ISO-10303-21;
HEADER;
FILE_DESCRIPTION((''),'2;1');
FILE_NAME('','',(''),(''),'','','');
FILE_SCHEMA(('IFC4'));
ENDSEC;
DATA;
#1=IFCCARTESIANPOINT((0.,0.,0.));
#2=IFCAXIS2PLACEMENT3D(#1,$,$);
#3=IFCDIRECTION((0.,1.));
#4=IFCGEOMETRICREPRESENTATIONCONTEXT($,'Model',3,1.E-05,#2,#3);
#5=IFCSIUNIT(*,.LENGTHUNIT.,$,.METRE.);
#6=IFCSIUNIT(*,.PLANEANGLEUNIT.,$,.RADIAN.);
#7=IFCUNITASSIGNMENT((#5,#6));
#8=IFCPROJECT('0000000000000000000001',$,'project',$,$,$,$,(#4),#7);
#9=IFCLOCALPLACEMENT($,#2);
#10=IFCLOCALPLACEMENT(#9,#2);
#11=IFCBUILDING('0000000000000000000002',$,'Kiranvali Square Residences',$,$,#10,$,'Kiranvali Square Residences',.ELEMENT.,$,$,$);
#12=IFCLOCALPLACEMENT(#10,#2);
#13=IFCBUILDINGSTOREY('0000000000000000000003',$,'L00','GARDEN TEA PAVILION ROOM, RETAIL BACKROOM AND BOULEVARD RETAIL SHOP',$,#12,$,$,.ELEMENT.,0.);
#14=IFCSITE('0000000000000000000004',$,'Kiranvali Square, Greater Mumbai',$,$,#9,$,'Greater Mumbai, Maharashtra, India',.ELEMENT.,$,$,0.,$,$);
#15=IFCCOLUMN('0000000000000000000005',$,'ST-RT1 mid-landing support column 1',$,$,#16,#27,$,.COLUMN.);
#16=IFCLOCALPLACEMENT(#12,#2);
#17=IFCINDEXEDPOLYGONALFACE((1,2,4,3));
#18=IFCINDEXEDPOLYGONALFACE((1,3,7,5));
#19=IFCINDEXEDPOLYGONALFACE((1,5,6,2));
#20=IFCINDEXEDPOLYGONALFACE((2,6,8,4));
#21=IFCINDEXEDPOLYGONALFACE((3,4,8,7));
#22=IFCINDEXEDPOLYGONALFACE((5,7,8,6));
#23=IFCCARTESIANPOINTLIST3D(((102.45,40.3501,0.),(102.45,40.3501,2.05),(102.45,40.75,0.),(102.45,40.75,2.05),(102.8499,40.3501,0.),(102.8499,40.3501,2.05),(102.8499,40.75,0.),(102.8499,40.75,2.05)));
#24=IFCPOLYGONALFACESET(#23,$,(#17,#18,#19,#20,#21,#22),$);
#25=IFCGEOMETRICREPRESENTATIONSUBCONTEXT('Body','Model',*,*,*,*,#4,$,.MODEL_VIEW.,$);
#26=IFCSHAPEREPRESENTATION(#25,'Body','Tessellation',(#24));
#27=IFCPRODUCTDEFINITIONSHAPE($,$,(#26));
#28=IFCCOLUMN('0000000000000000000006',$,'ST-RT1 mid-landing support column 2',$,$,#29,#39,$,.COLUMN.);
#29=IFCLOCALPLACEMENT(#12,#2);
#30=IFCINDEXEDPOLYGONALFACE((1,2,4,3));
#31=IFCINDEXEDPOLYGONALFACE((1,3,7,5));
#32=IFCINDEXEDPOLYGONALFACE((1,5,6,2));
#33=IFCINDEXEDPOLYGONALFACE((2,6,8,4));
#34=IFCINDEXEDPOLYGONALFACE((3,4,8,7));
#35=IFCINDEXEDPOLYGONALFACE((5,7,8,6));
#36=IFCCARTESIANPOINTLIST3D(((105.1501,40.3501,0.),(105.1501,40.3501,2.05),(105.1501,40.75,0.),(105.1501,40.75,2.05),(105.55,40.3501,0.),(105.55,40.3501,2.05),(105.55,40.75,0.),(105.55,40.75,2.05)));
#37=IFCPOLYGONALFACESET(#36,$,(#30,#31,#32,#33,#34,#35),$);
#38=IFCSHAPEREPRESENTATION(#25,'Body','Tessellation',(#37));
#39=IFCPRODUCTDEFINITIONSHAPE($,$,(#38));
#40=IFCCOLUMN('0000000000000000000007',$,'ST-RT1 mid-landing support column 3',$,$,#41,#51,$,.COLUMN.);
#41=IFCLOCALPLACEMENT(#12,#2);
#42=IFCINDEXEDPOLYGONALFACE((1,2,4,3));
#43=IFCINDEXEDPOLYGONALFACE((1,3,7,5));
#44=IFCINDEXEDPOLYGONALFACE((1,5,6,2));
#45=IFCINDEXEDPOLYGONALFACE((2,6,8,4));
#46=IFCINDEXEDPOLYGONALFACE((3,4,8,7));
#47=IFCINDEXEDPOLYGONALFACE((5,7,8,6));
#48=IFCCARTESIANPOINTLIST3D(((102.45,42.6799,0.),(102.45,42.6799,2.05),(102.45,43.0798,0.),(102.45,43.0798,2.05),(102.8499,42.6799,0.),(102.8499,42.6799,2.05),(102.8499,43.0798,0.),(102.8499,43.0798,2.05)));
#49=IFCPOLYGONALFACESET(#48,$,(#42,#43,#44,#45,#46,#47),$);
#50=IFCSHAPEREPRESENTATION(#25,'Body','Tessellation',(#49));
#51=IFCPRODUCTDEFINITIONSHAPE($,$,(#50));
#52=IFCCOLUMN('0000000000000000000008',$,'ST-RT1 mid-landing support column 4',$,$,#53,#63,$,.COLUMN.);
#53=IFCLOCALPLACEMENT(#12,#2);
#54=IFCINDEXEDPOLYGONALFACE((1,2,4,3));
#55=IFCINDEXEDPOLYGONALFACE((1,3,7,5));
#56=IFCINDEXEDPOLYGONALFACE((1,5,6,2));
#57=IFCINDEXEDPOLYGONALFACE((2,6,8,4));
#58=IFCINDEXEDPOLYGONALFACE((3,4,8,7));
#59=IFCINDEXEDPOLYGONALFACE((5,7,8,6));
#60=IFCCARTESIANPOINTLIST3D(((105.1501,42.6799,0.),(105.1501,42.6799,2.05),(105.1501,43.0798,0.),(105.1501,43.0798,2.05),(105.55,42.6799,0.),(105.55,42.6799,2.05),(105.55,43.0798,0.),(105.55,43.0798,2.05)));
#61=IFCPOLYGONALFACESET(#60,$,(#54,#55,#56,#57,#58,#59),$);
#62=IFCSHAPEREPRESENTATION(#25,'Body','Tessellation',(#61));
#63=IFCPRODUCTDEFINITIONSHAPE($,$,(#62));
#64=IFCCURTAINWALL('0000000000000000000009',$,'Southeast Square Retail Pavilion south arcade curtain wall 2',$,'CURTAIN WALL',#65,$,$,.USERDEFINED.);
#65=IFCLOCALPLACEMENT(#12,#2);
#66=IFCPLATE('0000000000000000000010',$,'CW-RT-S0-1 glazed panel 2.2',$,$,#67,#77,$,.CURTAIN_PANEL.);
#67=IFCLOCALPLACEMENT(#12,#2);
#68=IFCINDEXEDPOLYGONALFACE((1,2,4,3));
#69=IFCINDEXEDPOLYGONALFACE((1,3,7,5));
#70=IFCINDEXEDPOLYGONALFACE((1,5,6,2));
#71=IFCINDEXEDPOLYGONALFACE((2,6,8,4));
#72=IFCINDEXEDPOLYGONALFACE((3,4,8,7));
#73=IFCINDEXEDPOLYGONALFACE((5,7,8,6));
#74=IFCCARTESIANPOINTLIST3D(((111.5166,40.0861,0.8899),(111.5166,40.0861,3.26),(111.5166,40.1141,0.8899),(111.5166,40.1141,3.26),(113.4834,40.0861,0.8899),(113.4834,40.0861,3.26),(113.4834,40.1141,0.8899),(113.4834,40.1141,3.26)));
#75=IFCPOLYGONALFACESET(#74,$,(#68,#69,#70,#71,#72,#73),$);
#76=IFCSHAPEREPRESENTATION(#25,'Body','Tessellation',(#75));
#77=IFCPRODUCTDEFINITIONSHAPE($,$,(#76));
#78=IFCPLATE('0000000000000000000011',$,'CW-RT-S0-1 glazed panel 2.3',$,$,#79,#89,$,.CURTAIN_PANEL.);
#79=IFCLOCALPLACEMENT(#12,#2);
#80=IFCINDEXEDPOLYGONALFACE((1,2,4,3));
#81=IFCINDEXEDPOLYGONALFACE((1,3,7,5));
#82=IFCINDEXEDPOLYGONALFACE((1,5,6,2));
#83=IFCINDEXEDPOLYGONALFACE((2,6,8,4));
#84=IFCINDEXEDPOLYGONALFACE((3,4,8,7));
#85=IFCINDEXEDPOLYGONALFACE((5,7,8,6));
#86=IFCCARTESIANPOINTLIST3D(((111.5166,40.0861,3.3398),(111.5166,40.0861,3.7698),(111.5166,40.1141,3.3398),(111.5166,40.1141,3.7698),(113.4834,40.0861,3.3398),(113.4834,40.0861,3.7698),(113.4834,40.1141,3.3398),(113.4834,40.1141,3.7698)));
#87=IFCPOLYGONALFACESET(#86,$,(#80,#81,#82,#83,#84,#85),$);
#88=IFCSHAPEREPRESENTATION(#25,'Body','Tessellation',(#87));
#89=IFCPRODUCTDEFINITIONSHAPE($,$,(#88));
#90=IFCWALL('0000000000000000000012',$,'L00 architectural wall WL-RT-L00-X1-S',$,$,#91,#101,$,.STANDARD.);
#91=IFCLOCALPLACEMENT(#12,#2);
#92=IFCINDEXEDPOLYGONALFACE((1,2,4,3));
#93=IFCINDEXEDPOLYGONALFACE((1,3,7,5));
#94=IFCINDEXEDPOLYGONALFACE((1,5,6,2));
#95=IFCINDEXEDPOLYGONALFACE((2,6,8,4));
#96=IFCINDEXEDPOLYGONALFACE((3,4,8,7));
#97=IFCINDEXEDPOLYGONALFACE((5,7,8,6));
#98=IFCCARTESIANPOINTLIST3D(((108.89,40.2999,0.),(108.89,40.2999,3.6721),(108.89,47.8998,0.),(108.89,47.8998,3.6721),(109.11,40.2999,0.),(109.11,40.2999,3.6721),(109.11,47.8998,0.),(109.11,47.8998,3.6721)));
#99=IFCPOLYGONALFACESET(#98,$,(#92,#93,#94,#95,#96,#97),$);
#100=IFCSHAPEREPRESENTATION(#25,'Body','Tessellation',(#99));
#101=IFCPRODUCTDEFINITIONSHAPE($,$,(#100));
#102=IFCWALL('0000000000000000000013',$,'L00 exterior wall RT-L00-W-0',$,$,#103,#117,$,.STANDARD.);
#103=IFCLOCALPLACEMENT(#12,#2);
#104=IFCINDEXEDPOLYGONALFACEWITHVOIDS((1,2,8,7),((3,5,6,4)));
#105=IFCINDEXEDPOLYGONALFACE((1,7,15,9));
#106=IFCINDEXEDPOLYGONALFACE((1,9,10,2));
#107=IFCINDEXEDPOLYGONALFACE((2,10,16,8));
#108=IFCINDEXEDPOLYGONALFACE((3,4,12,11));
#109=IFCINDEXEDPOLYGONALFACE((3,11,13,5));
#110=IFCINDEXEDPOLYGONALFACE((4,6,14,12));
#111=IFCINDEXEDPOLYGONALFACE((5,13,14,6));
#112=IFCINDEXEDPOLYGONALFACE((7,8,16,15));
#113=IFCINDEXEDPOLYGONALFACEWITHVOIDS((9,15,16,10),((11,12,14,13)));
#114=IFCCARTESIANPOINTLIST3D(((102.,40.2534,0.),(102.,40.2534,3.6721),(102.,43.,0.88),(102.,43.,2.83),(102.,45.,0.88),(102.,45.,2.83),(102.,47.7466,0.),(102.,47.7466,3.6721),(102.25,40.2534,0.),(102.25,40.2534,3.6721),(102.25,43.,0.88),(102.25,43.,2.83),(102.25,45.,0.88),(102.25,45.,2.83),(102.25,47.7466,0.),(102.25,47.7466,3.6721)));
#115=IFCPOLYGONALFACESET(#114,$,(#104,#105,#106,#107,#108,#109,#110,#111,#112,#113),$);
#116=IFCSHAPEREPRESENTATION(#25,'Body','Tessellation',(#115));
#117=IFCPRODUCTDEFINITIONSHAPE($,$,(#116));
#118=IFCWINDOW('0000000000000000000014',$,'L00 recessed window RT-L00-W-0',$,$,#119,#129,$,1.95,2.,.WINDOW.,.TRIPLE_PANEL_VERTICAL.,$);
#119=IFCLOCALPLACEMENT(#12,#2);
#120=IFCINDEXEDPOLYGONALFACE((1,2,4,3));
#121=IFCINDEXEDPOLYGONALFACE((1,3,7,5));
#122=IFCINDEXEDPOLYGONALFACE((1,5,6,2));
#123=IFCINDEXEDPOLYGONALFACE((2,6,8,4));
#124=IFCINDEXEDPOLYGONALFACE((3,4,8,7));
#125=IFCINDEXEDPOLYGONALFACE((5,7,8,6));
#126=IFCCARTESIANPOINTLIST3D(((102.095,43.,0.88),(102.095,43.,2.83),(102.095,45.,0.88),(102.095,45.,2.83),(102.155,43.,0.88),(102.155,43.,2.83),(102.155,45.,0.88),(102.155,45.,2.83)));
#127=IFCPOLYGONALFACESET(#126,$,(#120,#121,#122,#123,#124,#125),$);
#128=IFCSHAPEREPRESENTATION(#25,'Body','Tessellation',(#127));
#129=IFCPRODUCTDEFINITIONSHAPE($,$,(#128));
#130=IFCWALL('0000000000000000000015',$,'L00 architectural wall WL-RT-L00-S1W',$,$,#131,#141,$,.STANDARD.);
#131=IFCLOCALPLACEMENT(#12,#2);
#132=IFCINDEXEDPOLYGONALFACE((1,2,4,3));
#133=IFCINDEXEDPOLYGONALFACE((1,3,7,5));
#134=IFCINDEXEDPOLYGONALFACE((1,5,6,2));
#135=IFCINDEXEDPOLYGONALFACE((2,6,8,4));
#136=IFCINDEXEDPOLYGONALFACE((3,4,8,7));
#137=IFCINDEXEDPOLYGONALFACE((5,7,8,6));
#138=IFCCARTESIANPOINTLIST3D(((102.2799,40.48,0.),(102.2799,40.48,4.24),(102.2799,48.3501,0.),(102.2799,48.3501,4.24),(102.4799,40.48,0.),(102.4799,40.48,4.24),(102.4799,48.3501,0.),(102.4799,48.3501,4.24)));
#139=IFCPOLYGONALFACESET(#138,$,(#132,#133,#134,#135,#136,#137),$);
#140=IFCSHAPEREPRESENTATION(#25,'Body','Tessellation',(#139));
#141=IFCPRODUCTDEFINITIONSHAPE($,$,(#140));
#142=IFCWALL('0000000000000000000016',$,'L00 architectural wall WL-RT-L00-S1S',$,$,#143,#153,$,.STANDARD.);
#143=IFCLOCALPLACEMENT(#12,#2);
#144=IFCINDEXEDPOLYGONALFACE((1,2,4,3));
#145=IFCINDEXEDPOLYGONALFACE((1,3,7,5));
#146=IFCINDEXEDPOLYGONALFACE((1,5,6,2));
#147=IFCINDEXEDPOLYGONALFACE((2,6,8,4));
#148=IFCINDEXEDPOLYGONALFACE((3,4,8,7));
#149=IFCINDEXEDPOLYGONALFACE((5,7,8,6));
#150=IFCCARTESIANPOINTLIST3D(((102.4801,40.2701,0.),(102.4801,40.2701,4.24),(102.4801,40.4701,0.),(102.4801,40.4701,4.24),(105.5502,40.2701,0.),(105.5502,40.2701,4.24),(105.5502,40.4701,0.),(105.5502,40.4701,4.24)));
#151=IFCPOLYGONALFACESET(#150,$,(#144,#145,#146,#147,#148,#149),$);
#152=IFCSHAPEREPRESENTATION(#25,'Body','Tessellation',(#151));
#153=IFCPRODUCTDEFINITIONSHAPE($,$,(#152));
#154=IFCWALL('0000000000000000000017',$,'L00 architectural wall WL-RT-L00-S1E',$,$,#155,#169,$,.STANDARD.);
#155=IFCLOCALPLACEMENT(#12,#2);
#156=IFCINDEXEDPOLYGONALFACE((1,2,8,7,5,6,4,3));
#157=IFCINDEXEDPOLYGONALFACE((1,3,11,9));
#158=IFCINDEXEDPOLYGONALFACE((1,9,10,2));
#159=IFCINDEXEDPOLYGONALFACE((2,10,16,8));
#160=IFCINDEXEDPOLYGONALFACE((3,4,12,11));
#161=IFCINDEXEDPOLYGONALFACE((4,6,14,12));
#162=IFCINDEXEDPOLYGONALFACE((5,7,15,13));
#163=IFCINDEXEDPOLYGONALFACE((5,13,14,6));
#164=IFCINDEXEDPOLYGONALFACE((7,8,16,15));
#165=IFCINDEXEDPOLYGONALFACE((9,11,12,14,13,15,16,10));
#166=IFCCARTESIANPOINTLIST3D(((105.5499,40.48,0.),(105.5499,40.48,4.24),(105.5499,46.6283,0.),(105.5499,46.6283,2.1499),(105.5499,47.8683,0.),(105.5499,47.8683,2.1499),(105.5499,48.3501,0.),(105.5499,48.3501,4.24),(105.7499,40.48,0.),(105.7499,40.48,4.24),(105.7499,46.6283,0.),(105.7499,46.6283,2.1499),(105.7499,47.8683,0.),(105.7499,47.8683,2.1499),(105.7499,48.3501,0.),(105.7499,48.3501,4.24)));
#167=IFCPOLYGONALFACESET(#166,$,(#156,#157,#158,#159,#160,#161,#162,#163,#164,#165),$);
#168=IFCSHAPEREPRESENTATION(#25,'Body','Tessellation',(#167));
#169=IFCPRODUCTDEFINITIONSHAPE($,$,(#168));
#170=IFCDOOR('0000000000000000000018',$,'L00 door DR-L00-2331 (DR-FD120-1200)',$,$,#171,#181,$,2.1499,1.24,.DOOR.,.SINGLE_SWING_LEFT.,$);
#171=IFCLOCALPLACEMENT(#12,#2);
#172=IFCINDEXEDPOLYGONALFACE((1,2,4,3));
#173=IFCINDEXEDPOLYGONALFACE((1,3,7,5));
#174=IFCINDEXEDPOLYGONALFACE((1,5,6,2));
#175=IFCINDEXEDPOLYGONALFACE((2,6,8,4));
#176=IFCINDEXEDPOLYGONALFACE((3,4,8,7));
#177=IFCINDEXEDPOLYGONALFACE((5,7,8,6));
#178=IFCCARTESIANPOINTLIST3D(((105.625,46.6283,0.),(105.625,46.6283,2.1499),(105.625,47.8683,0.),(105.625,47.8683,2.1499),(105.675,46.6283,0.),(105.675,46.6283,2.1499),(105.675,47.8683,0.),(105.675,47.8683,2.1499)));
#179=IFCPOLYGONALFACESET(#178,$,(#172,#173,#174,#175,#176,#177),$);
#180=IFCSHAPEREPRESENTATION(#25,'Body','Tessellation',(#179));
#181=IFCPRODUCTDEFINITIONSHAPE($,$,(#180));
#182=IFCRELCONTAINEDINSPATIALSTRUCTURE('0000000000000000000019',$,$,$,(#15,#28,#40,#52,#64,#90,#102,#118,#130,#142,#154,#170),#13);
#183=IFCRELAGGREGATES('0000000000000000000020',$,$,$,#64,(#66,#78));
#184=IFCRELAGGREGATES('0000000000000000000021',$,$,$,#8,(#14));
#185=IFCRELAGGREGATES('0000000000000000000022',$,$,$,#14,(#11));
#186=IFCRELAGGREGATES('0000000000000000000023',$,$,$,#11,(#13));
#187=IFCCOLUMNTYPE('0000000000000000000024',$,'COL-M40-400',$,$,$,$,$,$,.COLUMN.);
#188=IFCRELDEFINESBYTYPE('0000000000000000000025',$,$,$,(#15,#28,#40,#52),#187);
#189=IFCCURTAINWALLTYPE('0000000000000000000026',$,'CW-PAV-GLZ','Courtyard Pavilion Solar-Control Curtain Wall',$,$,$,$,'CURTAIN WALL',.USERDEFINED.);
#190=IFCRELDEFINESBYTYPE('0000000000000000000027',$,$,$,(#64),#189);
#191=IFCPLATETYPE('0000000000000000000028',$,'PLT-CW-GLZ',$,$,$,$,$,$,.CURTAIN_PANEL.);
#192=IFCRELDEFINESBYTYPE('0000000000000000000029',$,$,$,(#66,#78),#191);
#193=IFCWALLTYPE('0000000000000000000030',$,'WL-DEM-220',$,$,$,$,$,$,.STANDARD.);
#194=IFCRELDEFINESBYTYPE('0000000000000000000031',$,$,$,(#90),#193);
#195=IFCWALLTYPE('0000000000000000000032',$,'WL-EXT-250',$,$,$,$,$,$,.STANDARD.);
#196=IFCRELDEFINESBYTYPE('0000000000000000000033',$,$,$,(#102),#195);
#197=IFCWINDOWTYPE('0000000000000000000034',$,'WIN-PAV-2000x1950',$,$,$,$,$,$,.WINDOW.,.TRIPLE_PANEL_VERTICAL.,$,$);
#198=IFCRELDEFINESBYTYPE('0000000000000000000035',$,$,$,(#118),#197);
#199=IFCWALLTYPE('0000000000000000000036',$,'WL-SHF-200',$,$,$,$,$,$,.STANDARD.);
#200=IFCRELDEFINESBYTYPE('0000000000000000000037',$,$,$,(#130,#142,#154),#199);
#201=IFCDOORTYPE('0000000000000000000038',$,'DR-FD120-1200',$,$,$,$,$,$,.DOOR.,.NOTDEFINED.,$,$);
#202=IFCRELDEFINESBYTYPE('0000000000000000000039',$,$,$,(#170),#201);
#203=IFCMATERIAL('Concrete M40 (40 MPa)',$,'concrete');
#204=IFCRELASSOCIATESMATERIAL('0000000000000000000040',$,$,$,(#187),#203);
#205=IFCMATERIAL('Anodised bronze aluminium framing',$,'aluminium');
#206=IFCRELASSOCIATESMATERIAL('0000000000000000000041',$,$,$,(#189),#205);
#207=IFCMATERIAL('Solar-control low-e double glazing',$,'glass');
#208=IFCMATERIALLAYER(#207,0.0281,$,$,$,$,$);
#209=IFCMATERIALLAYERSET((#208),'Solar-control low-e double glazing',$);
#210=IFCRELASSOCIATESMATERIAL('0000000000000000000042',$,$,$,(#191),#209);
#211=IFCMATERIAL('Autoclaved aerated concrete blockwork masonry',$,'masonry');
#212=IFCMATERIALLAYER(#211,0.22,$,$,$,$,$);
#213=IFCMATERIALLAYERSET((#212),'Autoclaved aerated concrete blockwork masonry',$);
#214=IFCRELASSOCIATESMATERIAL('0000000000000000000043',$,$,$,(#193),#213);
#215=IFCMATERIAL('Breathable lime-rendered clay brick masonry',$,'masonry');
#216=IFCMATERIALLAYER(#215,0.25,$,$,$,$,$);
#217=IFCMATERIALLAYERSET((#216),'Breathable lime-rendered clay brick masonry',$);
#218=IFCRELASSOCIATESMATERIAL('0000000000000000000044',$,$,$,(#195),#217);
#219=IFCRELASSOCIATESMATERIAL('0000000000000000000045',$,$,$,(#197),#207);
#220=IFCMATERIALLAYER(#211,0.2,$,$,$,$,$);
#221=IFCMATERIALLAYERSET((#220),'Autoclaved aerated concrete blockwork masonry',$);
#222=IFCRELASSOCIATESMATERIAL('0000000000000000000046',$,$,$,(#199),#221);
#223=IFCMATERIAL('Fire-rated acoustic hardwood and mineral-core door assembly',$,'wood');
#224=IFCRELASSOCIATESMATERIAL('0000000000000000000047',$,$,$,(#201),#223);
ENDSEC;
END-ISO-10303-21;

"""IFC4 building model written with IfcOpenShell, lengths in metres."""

from ifc_helpers import new_model, si_unit, direction, frame, frame_2d, origin, origin_2d, place, context, subcontext, project, spatial, rectangle, extrude, material, layer, layer_set, material_profile, profile_set, type_object, element, fill, aggregate, save


model = new_model("IFC4")

# Units and contexts
model_context = context("Model", 3, precision=1e-05, world=origin(), true_north=direction((0.0, 1.0)))
body_context = subcontext(model_context, "Body", "Model", "MODEL_VIEW")
ifc_project = project(units=[si_unit("LENGTHUNIT", "METRE"), si_unit("PLANEANGLEUNIT", "RADIAN")], contexts=[model_context])

# Site, building, storey
site_placement = place(None, origin())
site = spatial("IfcSite", under=ifc_project, at=site_placement, Name="Kiranvali Square, Greater Mumbai", LongName="Greater Mumbai, Maharashtra, India", CompositionType="ELEMENT", RefElevation=0.0)
building_placement = place(site_placement, origin())
building = spatial("IfcBuilding", under=site, at=building_placement, Name="Kiranvali Square Residences", LongName="Kiranvali Square Residences", CompositionType="ELEMENT")
storey_placement = place(building_placement, origin())
storey = spatial("IfcBuildingStorey", under=building, at=storey_placement, Name="L00", Description="GARDEN TEA PAVILION ROOM, RETAIL BACKROOM AND BOULEVARD RETAIL SHOP", CompositionType="ELEMENT", Elevation=0.0)

# Columns
ifc_material_1 = material(Name="Concrete M40 (40 MPa)", Category="concrete")
ifc_material_profile = material_profile(ifc_material_1, rectangle(XDim=0.3999, YDim=0.3999, at=origin_2d()), Name="RC 400x400")
ifc_profile_set = profile_set([ifc_material_profile], Name="Concrete M40 (40 MPa)")
column_type = type_object("IfcColumnType", Name="COL-M40-400", PredefinedType="COLUMN", material=ifc_profile_set)
for number, where, z_axis, x_axis, name in (
    (1, (102.6499, 40.55, 0.0), (0.0, 0.0, 1.0), (1.0, 0.0, 0.0), "ST-RT1 mid-landing support column 1"),
    (2, (105.3501, 40.55, 0.0), (0.0, 0.0, 1.0), (1.0, 0.0, 0.0), "ST-RT1 mid-landing support column 2"),
    (3, (102.6499, 42.8799, 0.0), (0.0, 0.0, 1.0), (1.0, 0.0, 0.0), "ST-RT1 mid-landing support column 3"),
    (4, (105.3501, 42.8799, 0.0), (0.0, 0.0, 1.0), (1.0, 0.0, 0.0), "ST-RT1 mid-landing support column 4"),
):
    element("IfcColumn", number, at=place(storey_placement, frame(where, z_axis=z_axis, x_axis=x_axis)), inside=storey, type_object=column_type, Name=name, PredefinedType="COLUMN", context=body_context, shape_type="SweptSolid", body=[
        extrude(rectangle(XDim=0.3999, YDim=0.3999, at=origin_2d()), origin(), (0.0, 0.0, 1.0), 2.05),
    ])

# Curtain wall, plates
ifc_material_2 = material(Name="Anodised bronze aluminium framing", Category="aluminium")
curtain_wall_type = type_object("IfcCurtainWallType", Name="CW-PAV-GLZ", Description="Courtyard Pavilion Solar-Control Curtain Wall", ElementType="CURTAIN WALL", PredefinedType="USERDEFINED", material=ifc_material_2)
curtain_wall_placement = place(storey_placement, origin())
curtain_wall = element("IfcCurtainWall", 5, at=curtain_wall_placement, inside=storey, type_object=curtain_wall_type, Name="Southeast Square Retail Pavilion south arcade curtain wall 2", ObjectType="CURTAIN WALL", PredefinedType="USERDEFINED")
ifc_material_3 = material(Name="Solar-control low-e double glazing", Category="glass")
ifc_layer_1 = layer(ifc_material_3, 0.0281)
ifc_layer_set_1 = layer_set([ifc_layer_1], Name="Solar-control low-e double glazing")
plate_type = type_object("IfcPlateType", Name="PLT-CW-GLZ", PredefinedType="CURTAIN_PANEL", material=ifc_layer_set_1)
plate_1_placement = place(storey_placement, frame((112.5, 40.1001, 0.8899), z_axis=(0.0, 0.0, 1.0), x_axis=(1.0, 0.0, 0.0)))
plate_1 = element("IfcPlate", 6, at=plate_1_placement, type_object=plate_type, Name="CW-RT-S0-1 glazed panel 2.2", PredefinedType="CURTAIN_PANEL", context=body_context, shape_type="SweptSolid", body=[
    extrude(rectangle(XDim=1.9668, YDim=0.0281, at=origin_2d()), origin(), (0.0, 0.0, 1.0), 2.3701),
])
plate_2_placement = place(storey_placement, frame((112.5, 40.1001, 3.3398), z_axis=(0.0, 0.0, 1.0), x_axis=(1.0, 0.0, 0.0)))
plate_2 = element("IfcPlate", 7, at=plate_2_placement, type_object=plate_type, Name="CW-RT-S0-1 glazed panel 2.3", PredefinedType="CURTAIN_PANEL", context=body_context, shape_type="SweptSolid", body=[
    extrude(rectangle(XDim=1.9668, YDim=0.0281, at=origin_2d()), origin(), (0.0, 0.0, 1.0), 0.4299),
])
aggregate(curtain_wall, [plate_1, plate_2])

# Wall
ifc_material_4 = material(Name="Autoclaved aerated concrete blockwork masonry", Category="masonry")
ifc_layer_2 = layer(ifc_material_4, 0.22)
ifc_layer_set_2 = layer_set([ifc_layer_2], Name="Autoclaved aerated concrete blockwork masonry")
wall_type_1 = type_object("IfcWallType", Name="WL-DEM-220", PredefinedType="STANDARD", material=ifc_layer_set_2)
wall_1_placement = place(storey_placement, frame((109.0, 40.3, 0.0), z_axis=(0.0, 0.0, 1.0), x_axis=(0.0, 1.0, 0.0)))
element("IfcWall", 8, at=wall_1_placement, inside=storey, type_object=wall_type_1, Name="L00 architectural wall WL-RT-L00-X1-S", PredefinedType="STANDARD", context=body_context, shape_type="SweptSolid", body=[
    extrude(rectangle(XDim=7.5999, YDim=0.22, at=frame_2d((3.7998, 0.0))), origin(), (0.0, 0.0, 1.0), 3.6721),
])

# Wall, opening, window
ifc_material_5 = material(Name="Breathable lime-rendered clay brick masonry", Category="masonry")
ifc_layer_3 = layer(ifc_material_5, 0.25)
ifc_layer_set_3 = layer_set([ifc_layer_3], Name="Breathable lime-rendered clay brick masonry")
wall_type_2 = type_object("IfcWallType", Name="WL-EXT-250", PredefinedType="STANDARD", material=ifc_layer_set_3)
wall_2_placement = place(storey_placement, frame((102.125, 40.2534, 0.0), z_axis=(0.0, 0.0, 1.0), x_axis=(0.0, 1.0, 0.0)))
wall_2 = element("IfcWall", 9, at=wall_2_placement, inside=storey, type_object=wall_type_2, Name="L00 exterior wall RT-L00-W-0", PredefinedType="STANDARD", context=body_context, shape_type="SweptSolid", body=[
    extrude(rectangle(XDim=7.4932, YDim=0.25, at=frame_2d((3.7466, 0.0))), origin(), (0.0, 0.0, 1.0), 3.6721),
])
opening_1_placement = place(wall_2_placement, frame((2.7466, 0.0, 0.8799)))
opening_1 = element("IfcOpeningElement", 10, at=opening_1_placement, cuts=wall_2, PredefinedType="OPENING", context=body_context, shape_type="SweptSolid", body=[
    extrude(rectangle(XDim=2.0, YDim=1.95, at=frame_2d((1.0, 0.9751))), frame((0.0, 0.135, 0.0), z_axis=(0.0, -1.0, 0.0), x_axis=(1.0, 0.0, 0.0)), (0.0, 0.0, 1.0), 0.27),
])
window_type = type_object("IfcWindowType", Name="WIN-PAV-2000x1950", PartitioningType="TRIPLE_PANEL_VERTICAL", PredefinedType="WINDOW", material=ifc_material_3)
window_placement = place(opening_1_placement, origin())
window = element("IfcWindow", 11, at=window_placement, inside=storey, type_object=window_type, Name="L00 recessed window RT-L00-W-0", OverallHeight=1.95, OverallWidth=2.0, PartitioningType="TRIPLE_PANEL_VERTICAL", PredefinedType="WINDOW", context=body_context, shape_type="SweptSolid", body=[
    extrude(rectangle(XDim=2.0, YDim=1.95, at=frame_2d((1.0, 0.9751))), frame((0.0, 0.03, 0.0), z_axis=(0.0, -1.0, 0.0), x_axis=(1.0, 0.0, 0.0)), (0.0, 0.0, 1.0), 0.0601),
])
fill(opening_1, window)

# Walls
ifc_layer_4 = layer(ifc_material_4, 0.2)
ifc_layer_set_4 = layer_set([ifc_layer_4], Name="Autoclaved aerated concrete blockwork masonry")
wall_type_3 = type_object("IfcWallType", Name="WL-SHF-200", PredefinedType="STANDARD", material=ifc_layer_set_4)
wall_3_placement = place(storey_placement, frame((102.3799, 40.48, 0.0), z_axis=(0.0, 0.0, 1.0), x_axis=(0.0, 1.0, 0.0)))
element("IfcWall", 12, at=wall_3_placement, inside=storey, type_object=wall_type_3, Name="L00 architectural wall WL-RT-L00-S1W", PredefinedType="STANDARD", context=body_context, shape_type="SweptSolid", body=[
    extrude(rectangle(XDim=7.8701, YDim=0.2, at=frame_2d((3.9351, 0.0))), origin(), (0.0, 0.0, 1.0), 4.24),
])
wall_4_placement = place(storey_placement, frame((102.48, 40.3701, 0.0), z_axis=(0.0, 0.0, 1.0), x_axis=(1.0, 0.0, 0.0)))
element("IfcWall", 13, at=wall_4_placement, inside=storey, type_object=wall_type_3, Name="L00 architectural wall WL-RT-L00-S1S", PredefinedType="STANDARD", context=body_context, shape_type="SweptSolid", body=[
    extrude(rectangle(XDim=3.0701, YDim=0.2, at=frame_2d((1.5352, 0.0))), origin(), (0.0, 0.0, 1.0), 4.24),
])

# Wall, opening, door
wall_5_placement = place(storey_placement, frame((105.6499, 40.48, 0.0), z_axis=(0.0, 0.0, 1.0), x_axis=(0.0, 1.0, 0.0)))
wall_5 = element("IfcWall", 14, at=wall_5_placement, inside=storey, type_object=wall_type_3, Name="L00 architectural wall WL-RT-L00-S1E", PredefinedType="STANDARD", context=body_context, shape_type="SweptSolid", body=[
    extrude(rectangle(XDim=7.8701, YDim=0.2, at=frame_2d((3.9351, 0.0))), origin(), (0.0, 0.0, 1.0), 4.24),
])
opening_2_placement = place(wall_5_placement, frame((6.1482, 0.0, 0.0)))
opening_2 = element("IfcOpeningElement", 15, at=opening_2_placement, cuts=wall_5, PredefinedType="OPENING", context=body_context, shape_type="SweptSolid", body=[
    extrude(rectangle(XDim=1.24, YDim=2.1499, at=frame_2d((0.6201, 1.075))), frame((0.0, 0.1099, 0.0), z_axis=(0.0, -1.0, 0.0), x_axis=(1.0, 0.0, 0.0)), (0.0, 0.0, 1.0), 0.22),
])
ifc_material_6 = material(Name="Fire-rated acoustic hardwood and mineral-core door assembly", Category="wood")
door_type_1 = type_object("IfcDoorType", Name="DR-FD120-1200", OperationType="NOTDEFINED", PredefinedType="DOOR", material=ifc_material_6)
door_1_placement = place(opening_2_placement, origin())
door_1 = element("IfcDoor", 16, at=door_1_placement, inside=storey, type_object=door_type_1, Name="L00 door DR-L00-2331 (DR-FD120-1200)", OperationType="SINGLE_SWING_LEFT", OverallHeight=2.1499, OverallWidth=1.24, PredefinedType="DOOR", context=body_context, shape_type="SweptSolid", body=[
    extrude(rectangle(XDim=1.24, YDim=2.1499, at=frame_2d((0.6201, 1.075))), frame((0.0, 0.0249, 0.0), z_axis=(0.0, -1.0, 0.0), x_axis=(1.0, 0.0, 0.0)), (0.0, 0.0, 1.0), 0.05),
])
fill(opening_2, door_1)

save(model, "model.ifc")
